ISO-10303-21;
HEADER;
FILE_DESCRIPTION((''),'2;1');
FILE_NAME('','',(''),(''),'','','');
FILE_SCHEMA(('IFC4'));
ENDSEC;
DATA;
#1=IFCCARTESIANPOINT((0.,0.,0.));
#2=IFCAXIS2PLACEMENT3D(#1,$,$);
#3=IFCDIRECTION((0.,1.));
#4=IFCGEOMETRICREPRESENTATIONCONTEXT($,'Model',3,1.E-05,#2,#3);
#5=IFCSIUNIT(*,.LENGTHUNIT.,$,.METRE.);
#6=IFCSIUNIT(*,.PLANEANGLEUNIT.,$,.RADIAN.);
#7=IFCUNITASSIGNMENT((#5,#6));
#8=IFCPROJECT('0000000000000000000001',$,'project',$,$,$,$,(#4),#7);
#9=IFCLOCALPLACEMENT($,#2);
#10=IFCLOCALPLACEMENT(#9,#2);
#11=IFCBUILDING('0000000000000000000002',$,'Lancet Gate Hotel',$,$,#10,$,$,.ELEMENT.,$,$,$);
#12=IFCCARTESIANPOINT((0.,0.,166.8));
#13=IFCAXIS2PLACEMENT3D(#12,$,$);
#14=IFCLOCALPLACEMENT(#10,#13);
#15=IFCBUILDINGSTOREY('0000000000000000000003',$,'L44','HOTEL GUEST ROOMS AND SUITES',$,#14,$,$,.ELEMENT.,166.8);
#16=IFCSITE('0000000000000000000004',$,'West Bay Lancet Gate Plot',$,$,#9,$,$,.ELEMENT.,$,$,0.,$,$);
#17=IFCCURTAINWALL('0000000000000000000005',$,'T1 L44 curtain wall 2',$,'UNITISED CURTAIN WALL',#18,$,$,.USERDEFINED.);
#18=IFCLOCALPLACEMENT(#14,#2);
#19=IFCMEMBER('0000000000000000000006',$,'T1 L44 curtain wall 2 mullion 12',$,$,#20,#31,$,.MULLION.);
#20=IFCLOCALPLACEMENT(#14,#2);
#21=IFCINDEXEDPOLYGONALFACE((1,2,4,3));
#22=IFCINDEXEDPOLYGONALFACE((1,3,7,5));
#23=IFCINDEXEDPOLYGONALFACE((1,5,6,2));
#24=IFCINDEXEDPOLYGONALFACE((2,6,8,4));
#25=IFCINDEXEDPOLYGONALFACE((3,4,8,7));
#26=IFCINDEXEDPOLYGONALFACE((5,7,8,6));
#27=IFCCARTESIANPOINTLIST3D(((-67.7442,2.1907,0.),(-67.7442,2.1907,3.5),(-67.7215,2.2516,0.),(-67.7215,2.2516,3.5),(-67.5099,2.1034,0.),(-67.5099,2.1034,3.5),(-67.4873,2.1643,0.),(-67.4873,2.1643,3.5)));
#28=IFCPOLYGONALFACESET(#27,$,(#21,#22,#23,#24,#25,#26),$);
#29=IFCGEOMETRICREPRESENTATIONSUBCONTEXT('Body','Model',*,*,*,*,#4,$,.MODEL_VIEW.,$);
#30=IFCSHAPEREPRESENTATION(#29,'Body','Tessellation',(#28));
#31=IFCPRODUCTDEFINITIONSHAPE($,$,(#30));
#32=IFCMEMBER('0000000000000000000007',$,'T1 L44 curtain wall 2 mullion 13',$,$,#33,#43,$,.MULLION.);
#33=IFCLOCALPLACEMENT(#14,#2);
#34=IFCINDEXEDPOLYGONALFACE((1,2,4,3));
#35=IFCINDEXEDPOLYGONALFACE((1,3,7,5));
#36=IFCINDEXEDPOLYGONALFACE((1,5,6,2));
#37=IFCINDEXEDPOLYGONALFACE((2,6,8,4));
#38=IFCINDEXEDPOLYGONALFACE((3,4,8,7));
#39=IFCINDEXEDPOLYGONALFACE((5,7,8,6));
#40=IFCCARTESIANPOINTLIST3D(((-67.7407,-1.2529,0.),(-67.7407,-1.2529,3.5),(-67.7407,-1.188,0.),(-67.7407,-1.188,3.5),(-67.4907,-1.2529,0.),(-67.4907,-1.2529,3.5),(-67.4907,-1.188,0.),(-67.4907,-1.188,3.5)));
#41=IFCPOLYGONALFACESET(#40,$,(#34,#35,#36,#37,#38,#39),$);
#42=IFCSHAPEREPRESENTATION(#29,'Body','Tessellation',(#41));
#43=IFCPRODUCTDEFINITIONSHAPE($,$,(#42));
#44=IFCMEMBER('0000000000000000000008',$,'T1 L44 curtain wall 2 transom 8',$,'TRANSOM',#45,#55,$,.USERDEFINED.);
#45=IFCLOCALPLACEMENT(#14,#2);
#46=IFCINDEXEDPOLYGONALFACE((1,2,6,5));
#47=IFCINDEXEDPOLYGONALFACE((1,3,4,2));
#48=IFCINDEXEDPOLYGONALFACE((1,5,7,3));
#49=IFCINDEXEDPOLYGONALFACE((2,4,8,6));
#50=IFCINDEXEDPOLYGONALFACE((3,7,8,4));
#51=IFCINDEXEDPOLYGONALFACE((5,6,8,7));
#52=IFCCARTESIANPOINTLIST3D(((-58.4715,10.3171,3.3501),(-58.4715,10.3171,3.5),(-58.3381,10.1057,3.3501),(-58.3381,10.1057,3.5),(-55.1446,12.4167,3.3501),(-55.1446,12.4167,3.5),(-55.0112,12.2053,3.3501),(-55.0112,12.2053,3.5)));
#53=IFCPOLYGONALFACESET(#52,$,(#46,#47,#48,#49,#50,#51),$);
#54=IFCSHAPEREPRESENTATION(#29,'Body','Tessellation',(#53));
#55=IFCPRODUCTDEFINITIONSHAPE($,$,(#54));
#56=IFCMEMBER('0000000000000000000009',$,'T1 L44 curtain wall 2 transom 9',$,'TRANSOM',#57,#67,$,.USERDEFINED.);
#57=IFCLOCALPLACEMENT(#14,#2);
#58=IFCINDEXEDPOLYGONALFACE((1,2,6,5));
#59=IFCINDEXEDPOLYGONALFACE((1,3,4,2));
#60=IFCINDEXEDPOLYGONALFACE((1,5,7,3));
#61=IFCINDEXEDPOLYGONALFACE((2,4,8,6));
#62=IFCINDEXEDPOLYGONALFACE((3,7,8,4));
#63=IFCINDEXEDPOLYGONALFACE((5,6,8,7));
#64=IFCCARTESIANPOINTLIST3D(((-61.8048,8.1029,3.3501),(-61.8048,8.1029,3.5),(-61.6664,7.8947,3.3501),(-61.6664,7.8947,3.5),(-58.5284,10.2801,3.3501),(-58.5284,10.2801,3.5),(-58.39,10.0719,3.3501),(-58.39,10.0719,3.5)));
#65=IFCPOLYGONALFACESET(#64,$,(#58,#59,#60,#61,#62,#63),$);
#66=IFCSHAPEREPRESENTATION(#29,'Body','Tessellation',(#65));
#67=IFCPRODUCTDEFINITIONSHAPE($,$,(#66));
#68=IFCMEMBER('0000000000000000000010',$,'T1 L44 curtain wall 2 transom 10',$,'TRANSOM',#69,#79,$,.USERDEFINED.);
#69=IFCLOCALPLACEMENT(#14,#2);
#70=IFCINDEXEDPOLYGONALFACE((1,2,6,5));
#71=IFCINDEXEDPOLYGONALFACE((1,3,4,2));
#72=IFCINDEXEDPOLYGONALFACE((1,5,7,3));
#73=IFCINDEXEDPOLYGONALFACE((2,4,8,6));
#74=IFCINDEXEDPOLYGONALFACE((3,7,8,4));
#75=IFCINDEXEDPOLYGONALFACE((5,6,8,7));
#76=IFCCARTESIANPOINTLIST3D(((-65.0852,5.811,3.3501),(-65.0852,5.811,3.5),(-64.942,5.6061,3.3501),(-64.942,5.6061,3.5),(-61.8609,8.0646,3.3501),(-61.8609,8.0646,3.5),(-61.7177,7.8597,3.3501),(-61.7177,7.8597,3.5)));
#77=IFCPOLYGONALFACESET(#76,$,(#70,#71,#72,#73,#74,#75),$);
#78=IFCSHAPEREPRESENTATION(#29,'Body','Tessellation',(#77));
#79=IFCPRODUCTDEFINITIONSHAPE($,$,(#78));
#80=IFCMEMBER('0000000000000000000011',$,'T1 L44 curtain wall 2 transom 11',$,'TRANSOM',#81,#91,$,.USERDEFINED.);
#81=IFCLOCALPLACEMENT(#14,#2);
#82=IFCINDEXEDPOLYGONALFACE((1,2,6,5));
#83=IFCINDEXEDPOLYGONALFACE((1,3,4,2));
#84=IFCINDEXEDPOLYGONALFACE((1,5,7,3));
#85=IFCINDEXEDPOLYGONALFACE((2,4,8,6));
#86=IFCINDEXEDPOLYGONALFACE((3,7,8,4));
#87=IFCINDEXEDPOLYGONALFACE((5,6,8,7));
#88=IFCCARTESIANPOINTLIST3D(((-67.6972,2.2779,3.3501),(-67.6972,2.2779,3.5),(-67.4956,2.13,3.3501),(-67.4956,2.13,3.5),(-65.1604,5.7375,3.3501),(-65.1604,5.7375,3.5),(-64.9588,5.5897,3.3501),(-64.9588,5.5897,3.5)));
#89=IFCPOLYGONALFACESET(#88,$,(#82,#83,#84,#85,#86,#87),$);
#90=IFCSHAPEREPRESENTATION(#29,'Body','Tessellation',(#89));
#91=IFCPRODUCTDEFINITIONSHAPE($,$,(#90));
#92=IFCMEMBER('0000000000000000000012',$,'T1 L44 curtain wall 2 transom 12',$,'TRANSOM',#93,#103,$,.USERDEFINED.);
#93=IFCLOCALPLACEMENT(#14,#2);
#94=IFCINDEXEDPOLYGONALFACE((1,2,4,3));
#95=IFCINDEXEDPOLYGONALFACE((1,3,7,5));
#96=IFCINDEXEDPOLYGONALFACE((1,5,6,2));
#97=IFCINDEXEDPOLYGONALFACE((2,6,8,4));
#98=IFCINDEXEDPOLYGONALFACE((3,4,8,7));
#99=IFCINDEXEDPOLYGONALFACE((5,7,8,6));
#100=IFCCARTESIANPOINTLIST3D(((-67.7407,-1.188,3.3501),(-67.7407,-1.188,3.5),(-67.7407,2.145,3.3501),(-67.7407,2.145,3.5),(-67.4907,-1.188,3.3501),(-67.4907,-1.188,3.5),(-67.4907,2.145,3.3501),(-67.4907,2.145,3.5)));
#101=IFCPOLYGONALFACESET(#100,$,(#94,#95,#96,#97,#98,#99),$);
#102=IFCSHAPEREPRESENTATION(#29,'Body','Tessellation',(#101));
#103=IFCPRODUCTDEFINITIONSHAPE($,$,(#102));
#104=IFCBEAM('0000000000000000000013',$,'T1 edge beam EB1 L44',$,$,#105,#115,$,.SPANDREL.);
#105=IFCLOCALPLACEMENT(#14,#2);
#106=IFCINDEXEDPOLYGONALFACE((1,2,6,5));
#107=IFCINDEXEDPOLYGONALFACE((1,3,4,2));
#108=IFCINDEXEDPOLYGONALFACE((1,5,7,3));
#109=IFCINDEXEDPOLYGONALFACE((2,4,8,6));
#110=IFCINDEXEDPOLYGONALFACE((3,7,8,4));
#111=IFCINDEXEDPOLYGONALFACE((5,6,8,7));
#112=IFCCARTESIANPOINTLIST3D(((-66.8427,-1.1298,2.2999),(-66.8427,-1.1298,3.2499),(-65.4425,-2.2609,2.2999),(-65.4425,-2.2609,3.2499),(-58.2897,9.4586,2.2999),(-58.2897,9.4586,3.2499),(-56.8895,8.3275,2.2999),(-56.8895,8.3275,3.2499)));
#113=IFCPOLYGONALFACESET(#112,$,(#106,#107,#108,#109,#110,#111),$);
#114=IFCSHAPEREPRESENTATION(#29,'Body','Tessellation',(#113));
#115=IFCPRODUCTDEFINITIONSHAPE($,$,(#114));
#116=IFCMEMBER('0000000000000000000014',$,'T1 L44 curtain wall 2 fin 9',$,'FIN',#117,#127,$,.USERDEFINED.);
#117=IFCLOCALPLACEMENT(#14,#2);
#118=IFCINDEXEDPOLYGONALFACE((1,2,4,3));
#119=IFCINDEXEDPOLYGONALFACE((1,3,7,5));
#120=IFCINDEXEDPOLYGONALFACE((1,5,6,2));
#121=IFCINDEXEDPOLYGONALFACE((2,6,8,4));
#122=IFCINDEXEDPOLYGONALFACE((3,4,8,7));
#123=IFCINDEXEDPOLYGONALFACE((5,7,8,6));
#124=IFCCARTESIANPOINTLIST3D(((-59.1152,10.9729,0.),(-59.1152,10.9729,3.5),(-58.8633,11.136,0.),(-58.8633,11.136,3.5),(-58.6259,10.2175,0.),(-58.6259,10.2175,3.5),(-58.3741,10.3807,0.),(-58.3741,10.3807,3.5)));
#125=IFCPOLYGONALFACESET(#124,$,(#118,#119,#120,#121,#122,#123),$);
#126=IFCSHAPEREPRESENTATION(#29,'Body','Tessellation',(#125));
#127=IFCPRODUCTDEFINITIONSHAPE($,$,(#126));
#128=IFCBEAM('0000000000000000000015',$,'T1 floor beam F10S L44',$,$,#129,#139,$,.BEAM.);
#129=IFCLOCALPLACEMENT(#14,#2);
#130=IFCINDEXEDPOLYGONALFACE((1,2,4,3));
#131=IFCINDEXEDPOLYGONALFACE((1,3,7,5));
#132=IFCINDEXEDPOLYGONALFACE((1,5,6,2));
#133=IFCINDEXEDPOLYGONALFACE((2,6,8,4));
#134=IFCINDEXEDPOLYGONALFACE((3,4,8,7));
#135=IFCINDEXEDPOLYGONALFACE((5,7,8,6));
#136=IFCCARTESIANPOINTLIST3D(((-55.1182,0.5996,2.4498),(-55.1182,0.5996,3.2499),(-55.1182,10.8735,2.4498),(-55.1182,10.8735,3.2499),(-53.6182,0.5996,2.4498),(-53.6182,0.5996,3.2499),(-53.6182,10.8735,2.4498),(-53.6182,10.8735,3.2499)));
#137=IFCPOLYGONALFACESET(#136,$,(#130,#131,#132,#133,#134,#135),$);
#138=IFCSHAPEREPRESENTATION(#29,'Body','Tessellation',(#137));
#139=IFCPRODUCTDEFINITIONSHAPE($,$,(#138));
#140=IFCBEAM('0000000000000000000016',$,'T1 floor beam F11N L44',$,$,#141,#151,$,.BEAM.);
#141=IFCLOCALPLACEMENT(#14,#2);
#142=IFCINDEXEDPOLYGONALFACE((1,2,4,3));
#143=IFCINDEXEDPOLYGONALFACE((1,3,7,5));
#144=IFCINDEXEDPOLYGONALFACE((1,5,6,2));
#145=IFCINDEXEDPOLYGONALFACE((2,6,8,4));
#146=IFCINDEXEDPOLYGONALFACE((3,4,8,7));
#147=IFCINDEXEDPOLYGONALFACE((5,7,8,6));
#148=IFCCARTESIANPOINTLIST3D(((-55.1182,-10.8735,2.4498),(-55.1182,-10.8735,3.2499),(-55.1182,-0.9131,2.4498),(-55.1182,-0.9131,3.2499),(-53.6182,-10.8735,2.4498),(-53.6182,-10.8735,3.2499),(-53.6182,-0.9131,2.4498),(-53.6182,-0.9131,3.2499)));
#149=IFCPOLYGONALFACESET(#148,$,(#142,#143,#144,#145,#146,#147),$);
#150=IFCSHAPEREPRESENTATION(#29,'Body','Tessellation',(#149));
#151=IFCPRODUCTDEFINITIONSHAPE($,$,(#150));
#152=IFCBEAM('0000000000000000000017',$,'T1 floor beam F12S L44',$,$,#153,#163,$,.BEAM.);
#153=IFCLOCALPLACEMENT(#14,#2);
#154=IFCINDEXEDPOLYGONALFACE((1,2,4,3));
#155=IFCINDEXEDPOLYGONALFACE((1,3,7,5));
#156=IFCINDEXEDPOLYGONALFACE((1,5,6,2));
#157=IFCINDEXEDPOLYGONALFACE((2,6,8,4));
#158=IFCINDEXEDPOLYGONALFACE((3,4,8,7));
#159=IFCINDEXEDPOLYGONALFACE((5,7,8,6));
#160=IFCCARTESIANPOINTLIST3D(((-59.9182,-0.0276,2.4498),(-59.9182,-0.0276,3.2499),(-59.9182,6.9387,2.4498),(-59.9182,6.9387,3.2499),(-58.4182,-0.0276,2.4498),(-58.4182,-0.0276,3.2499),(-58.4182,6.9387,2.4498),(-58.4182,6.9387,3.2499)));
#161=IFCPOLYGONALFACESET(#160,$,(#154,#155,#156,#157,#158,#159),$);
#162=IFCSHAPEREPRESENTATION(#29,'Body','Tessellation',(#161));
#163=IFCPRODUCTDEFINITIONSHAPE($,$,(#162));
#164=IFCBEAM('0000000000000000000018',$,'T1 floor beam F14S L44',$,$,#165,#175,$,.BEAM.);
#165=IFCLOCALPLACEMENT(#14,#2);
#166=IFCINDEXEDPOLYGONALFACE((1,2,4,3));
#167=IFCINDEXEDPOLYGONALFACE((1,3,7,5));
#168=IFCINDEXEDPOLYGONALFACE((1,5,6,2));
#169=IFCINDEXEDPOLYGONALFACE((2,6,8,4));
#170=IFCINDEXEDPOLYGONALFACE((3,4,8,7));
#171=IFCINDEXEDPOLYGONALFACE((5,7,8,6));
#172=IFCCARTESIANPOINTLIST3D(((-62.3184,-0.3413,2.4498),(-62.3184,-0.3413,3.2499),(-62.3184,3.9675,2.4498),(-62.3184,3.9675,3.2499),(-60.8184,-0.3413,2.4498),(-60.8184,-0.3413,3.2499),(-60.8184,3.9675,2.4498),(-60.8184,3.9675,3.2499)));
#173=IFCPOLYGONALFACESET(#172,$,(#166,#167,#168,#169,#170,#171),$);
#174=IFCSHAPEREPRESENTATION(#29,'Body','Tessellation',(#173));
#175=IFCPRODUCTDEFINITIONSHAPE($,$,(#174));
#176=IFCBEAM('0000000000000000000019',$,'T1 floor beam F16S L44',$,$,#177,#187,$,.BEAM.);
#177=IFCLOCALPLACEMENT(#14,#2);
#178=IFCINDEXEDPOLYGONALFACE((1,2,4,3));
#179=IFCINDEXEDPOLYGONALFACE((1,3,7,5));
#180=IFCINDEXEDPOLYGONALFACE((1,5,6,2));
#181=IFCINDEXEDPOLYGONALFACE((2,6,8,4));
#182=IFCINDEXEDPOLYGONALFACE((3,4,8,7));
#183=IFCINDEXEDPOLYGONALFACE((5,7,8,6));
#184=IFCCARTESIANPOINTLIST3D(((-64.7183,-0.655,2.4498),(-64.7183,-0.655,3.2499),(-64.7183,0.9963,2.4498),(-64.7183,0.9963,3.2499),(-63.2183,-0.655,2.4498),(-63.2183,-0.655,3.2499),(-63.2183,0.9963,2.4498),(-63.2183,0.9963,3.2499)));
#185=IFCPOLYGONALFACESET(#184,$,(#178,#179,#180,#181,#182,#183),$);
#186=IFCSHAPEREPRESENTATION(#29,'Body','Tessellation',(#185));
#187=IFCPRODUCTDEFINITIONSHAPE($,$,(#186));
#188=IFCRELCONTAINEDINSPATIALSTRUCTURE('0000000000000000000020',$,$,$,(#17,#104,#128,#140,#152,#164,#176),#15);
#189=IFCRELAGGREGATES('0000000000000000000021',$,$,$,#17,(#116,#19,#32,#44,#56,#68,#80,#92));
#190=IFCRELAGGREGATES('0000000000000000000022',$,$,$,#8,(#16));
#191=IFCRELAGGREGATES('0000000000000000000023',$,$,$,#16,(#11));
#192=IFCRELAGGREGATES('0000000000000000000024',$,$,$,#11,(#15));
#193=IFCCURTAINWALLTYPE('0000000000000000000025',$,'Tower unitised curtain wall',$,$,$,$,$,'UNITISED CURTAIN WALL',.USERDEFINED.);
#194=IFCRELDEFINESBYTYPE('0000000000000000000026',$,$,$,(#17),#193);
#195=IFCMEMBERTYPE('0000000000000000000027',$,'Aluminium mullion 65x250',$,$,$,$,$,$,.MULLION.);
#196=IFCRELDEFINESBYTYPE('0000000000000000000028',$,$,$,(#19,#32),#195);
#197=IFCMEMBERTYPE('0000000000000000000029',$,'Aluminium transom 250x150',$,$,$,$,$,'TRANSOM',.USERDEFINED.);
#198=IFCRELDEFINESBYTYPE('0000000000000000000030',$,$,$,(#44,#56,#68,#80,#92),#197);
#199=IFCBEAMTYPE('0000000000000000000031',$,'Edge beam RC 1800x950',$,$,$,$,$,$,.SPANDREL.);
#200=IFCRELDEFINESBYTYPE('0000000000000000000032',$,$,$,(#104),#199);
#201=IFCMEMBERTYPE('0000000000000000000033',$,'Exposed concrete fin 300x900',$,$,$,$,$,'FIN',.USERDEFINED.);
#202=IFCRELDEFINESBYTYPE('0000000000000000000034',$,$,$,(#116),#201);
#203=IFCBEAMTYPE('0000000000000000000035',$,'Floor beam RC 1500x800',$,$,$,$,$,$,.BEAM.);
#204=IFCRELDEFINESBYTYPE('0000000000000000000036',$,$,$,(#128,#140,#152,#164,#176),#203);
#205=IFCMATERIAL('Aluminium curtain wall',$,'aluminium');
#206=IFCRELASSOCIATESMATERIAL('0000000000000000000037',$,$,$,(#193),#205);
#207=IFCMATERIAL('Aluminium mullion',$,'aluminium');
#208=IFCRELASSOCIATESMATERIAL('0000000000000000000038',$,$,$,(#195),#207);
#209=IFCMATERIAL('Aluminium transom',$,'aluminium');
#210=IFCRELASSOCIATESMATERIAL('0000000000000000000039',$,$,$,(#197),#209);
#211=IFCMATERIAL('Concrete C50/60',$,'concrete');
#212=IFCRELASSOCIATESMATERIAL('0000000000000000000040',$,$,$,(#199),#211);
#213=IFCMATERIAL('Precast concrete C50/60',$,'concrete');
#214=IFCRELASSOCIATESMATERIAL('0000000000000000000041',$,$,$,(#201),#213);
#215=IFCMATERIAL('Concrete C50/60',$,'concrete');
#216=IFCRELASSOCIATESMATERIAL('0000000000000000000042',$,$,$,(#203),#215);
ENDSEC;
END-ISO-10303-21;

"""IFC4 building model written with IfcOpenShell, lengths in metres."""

from ifc_helpers import new_model, si_unit, direction, frame, origin, origin_2d, place, context, subcontext, project, spatial, rectangle, extrude, material, material_profile, profile_set, type_object, element, aggregate, save


model = new_model("IFC4")

# Units and contexts
model_context = context("Model", 3, precision=1e-05, world=origin(), true_north=direction((0.0, 1.0)))
body_context = subcontext(model_context, "Body", "Model", "MODEL_VIEW")
ifc_project = project(units=[si_unit("LENGTHUNIT", "METRE"), si_unit("PLANEANGLEUNIT", "RADIAN")], contexts=[model_context])

# Site, building, storey
site_placement = place(None, origin())
site = spatial("IfcSite", under=ifc_project, at=site_placement, Name="West Bay Lancet Gate Plot", CompositionType="ELEMENT", RefElevation=0.0)
building_placement = place(site_placement, origin())
building = spatial("IfcBuilding", under=site, at=building_placement, Name="Lancet Gate Hotel", CompositionType="ELEMENT")
storey_placement = place(building_placement, frame((0.0, 0.0, 166.8)))
storey = spatial("IfcBuildingStorey", under=building, at=storey_placement, Name="L44", Description="HOTEL GUEST ROOMS AND SUITES", CompositionType="ELEMENT", Elevation=166.8)

# Curtain wall, members
ifc_material_1 = material(Name="Aluminium curtain wall", Category="aluminium")
curtain_wall_type = type_object("IfcCurtainWallType", Name="Tower unitised curtain wall", ElementType="UNITISED CURTAIN WALL", PredefinedType="USERDEFINED", material=ifc_material_1)
curtain_wall_placement = place(storey_placement, origin())
curtain_wall = element("IfcCurtainWall", 1, at=curtain_wall_placement, inside=storey, type_object=curtain_wall_type, Name="T1 L44 curtain wall 2", ObjectType="UNITISED CURTAIN WALL", PredefinedType="USERDEFINED")
ifc_material_2 = material(Name="Aluminium mullion", Category="aluminium")
ifc_material_profile_1 = material_profile(ifc_material_2, rectangle(XDim=0.0649, YDim=0.25, at=origin_2d()), Name="MULLION 65x250")
ifc_profile_set_1 = profile_set([ifc_material_profile_1], Name="Aluminium mullion")
member_type_1 = type_object("IfcMemberType", Name="Aluminium mullion 65x250", PredefinedType="MULLION", material=ifc_profile_set_1)
member_1_placement = place(storey_placement, frame((-67.6157, 2.1775, 0.0), z_axis=(0.0, 0.0, 1.0), x_axis=(-0.349199, -0.937048, 0.0)))
member_1 = element("IfcMember", 2, at=member_1_placement, type_object=member_type_1, Name="T1 L44 curtain wall 2 mullion 12", PredefinedType="MULLION", context=body_context, shape_type="SweptSolid", body=[
    extrude(rectangle(XDim=0.0649, YDim=0.25, at=origin_2d()), origin(), (0.0, 0.0, 1.0), 3.5),
])
member_2_placement = place(storey_placement, frame((-67.6157, -1.2205, 0.0), z_axis=(0.0, 0.0, 1.0), x_axis=(0.0, -1.0, 0.0)))
member_2 = element("IfcMember", 3, at=member_2_placement, type_object=member_type_1, Name="T1 L44 curtain wall 2 mullion 13", PredefinedType="MULLION", context=body_context, shape_type="SweptSolid", body=[
    extrude(rectangle(XDim=0.0649, YDim=0.25, at=origin_2d()), origin(), (0.0, 0.0, 1.0), 3.5),
])
ifc_material_3 = material(Name="Aluminium transom", Category="aluminium")
ifc_material_profile_2 = material_profile(ifc_material_3, rectangle(XDim=0.25, YDim=0.1499, at=origin_2d()), Name="TRANSOM 250x150")
ifc_profile_set_2 = profile_set([ifc_material_profile_2], Name="Aluminium transom")
member_type_2 = type_object("IfcMemberType", Name="Aluminium transom 250x150", ElementType="TRANSOM", PredefinedType="USERDEFINED", material=ifc_profile_set_2)
member_3_placement = place(storey_placement, frame((-55.0779, 12.311, 3.425), z_axis=(-0.845672, -0.533703, 0.0), x_axis=(0.533703, -0.845672, 0.0)))
member_3 = element("IfcMember", 4, at=member_3_placement, type_object=member_type_2, Name="T1 L44 curtain wall 2 transom 8", ObjectType="TRANSOM", PredefinedType="USERDEFINED", context=body_context, shape_type="SweptSolid", body=[
    extrude(rectangle(XDim=0.25, YDim=0.1499, at=origin_2d()), origin(), (0.0, 0.0, 1.0), 3.9341),
])
member_4_placement = place(storey_placement, frame((-58.4592, 10.176, 3.425), z_axis=(-0.832871, -0.553468, 0.0), x_axis=(0.553468, -0.832871, 0.0)))
member_4 = element("IfcMember", 5, at=member_4_placement, type_object=member_type_2, Name="T1 L44 curtain wall 2 transom 9", ObjectType="TRANSOM", PredefinedType="USERDEFINED", context=body_context, shape_type="SweptSolid", body=[
    extrude(rectangle(XDim=0.25, YDim=0.1499, at=origin_2d()), origin(), (0.0, 0.0, 1.0), 3.9338),
])
member_5_placement = place(storey_placement, frame((-61.7893, 7.9622, 3.425), z_axis=(-0.819637, -0.572883, 0.0), x_axis=(0.572883, -0.819637, 0.0)))
member_5 = element("IfcMember", 6, at=member_5_placement, type_object=member_type_2, Name="T1 L44 curtain wall 2 transom 10", ObjectType="TRANSOM", PredefinedType="USERDEFINED", context=body_context, shape_type="SweptSolid", body=[
    extrude(rectangle(XDim=0.25, YDim=0.1499, at=origin_2d()), origin(), (0.0, 0.0, 1.0), 3.9338),
])
member_6_placement = place(storey_placement, frame((-65.0596, 5.6636, 3.425), z_axis=(-0.591324, -0.806434, 0.0), x_axis=(0.806434, -0.591324, 0.0)))
member_6 = element("IfcMember", 7, at=member_6_placement, type_object=member_type_2, Name="T1 L44 curtain wall 2 transom 11", ObjectType="TRANSOM", PredefinedType="USERDEFINED", context=body_context, shape_type="SweptSolid", body=[
    extrude(rectangle(XDim=0.25, YDim=0.1499, at=origin_2d()), origin(), (0.0, 0.0, 1.0), 4.29),
])
member_7_placement = place(storey_placement, frame((-67.6157, 2.145, 3.425), z_axis=(0.0, -1.0, 0.0), x_axis=(1.0, 0.0, 0.0)))
member_7 = element("IfcMember", 8, at=member_7_placement, type_object=member_type_2, Name="T1 L44 curtain wall 2 transom 12", ObjectType="TRANSOM", PredefinedType="USERDEFINED", context=body_context, shape_type="SweptSolid", body=[
    extrude(rectangle(XDim=0.25, YDim=0.1499, at=origin_2d()), origin(), (0.0, 0.0, 1.0), 3.333),
])

# Beam
ifc_material_4 = material(Name="Concrete C50/60", Category="concrete")
ifc_material_profile_3 = material_profile(ifc_material_4, rectangle(XDim=1.8, YDim=0.95, at=origin_2d()), Name="RC 1800x950")
ifc_profile_set_3 = profile_set([ifc_material_profile_3], Name="Concrete C50/60")
beam_type_1 = type_object("IfcBeamType", Name="Edge beam RC 1800x950", PredefinedType="SPANDREL", material=ifc_profile_set_3)
beam_1_placement = place(storey_placement, frame((-57.5896, 8.8931, 2.7749), z_axis=(-0.628374, -0.777912, 0.0), x_axis=(0.777912, -0.628374, 0.0)))
element("IfcBeam", 9, at=beam_1_placement, inside=storey, type_object=beam_type_1, Name="T1 edge beam EB1 L44", PredefinedType="SPANDREL", context=body_context, shape_type="SweptSolid", body=[
    extrude(rectangle(XDim=1.8, YDim=0.95, at=origin_2d()), origin(), (0.0, 0.0, 1.0), 13.6113),
])

# Member
ifc_material_5 = material(Name="Precast concrete C50/60", Category="concrete")
ifc_material_profile_4 = material_profile(ifc_material_5, rectangle(XDim=0.3, YDim=0.8999, at=origin_2d()), Name="FIN 300x900")
ifc_profile_set_4 = profile_set([ifc_material_profile_4], Name="Precast concrete C50/60")
member_type_3 = type_object("IfcMemberType", Name="Exposed concrete fin 300x900", ElementType="FIN", PredefinedType="USERDEFINED", material=ifc_profile_set_4)
member_8_placement = place(storey_placement, frame((-58.7446, 10.6768, 0.0), z_axis=(0.0, 0.0, 1.0), x_axis=(-0.839331, -0.543621, 0.0)))
member_8 = element("IfcMember", 10, at=member_8_placement, type_object=member_type_3, Name="T1 L44 curtain wall 2 fin 9", ObjectType="FIN", PredefinedType="USERDEFINED", context=body_context, shape_type="SweptSolid", body=[
    extrude(rectangle(XDim=0.3, YDim=0.8999, at=origin_2d()), origin(), (0.0, 0.0, 1.0), 3.5),
])

# Beams
ifc_material_6 = material(Name="Concrete C50/60", Category="concrete")
ifc_material_profile_5 = material_profile(ifc_material_6, rectangle(XDim=1.5, YDim=0.8, at=origin_2d()), Name="RC 1500x800")
ifc_profile_set_5 = profile_set([ifc_material_profile_5], Name="Concrete C50/60")
beam_type_2 = type_object("IfcBeamType", Name="Floor beam RC 1500x800", PredefinedType="BEAM", material=ifc_profile_set_5)
beam_2_placement = place(storey_placement, frame((-54.3682, 10.8735, 2.8499), z_axis=(0.0, -1.0, 0.0), x_axis=(1.0, 0.0, 0.0)))
element("IfcBeam", 11, at=beam_2_placement, inside=storey, type_object=beam_type_2, Name="T1 floor beam F10S L44", PredefinedType="BEAM", context=body_context, shape_type="SweptSolid", body=[
    extrude(rectangle(XDim=1.5, YDim=0.8, at=origin_2d()), origin(), (0.0, 0.0, 1.0), 10.2739),
])
beam_3_placement = place(storey_placement, frame((-54.3682, -0.9131, 2.8499), z_axis=(0.0, -1.0, 0.0), x_axis=(1.0, 0.0, 0.0)))
element("IfcBeam", 12, at=beam_3_placement, inside=storey, type_object=beam_type_2, Name="T1 floor beam F11N L44", PredefinedType="BEAM", context=body_context, shape_type="SweptSolid", body=[
    extrude(rectangle(XDim=1.5, YDim=0.8, at=origin_2d()), origin(), (0.0, 0.0, 1.0), 9.9604),
])
beam_4_placement = place(storey_placement, frame((-59.1682, 6.9387, 2.8499), z_axis=(0.0, -1.0, 0.0), x_axis=(1.0, 0.0, 0.0)))
element("IfcBeam", 13, at=beam_4_placement, inside=storey, type_object=beam_type_2, Name="T1 floor beam F12S L44", PredefinedType="BEAM", context=body_context, shape_type="SweptSolid", body=[
    extrude(rectangle(XDim=1.5, YDim=0.8, at=origin_2d()), origin(), (0.0, 0.0, 1.0), 6.9663),
])
beam_5_placement = place(storey_placement, frame((-61.5684, 3.9675, 2.8499), z_axis=(0.0, -1.0, 0.0), x_axis=(1.0, 0.0, 0.0)))
element("IfcBeam", 14, at=beam_5_placement, inside=storey, type_object=beam_type_2, Name="T1 floor beam F14S L44", PredefinedType="BEAM", context=body_context, shape_type="SweptSolid", body=[
    extrude(rectangle(XDim=1.5, YDim=0.8, at=origin_2d()), origin(), (0.0, 0.0, 1.0), 4.3088),
])
beam_6_placement = place(storey_placement, frame((-63.9683, 0.9963, 2.8499), z_axis=(0.0, -1.0, 0.0), x_axis=(1.0, 0.0, 0.0)))
element("IfcBeam", 15, at=beam_6_placement, inside=storey, type_object=beam_type_2, Name="T1 floor beam F16S L44", PredefinedType="BEAM", context=body_context, shape_type="SweptSolid", body=[
    extrude(rectangle(XDim=1.5, YDim=0.8, at=origin_2d()), origin(), (0.0, 0.0, 1.0), 1.6514),
])

aggregate(curtain_wall, [member_8, member_1, member_2, member_3, member_4, member_5, member_6, member_7])

save(model, "model.ifc")
